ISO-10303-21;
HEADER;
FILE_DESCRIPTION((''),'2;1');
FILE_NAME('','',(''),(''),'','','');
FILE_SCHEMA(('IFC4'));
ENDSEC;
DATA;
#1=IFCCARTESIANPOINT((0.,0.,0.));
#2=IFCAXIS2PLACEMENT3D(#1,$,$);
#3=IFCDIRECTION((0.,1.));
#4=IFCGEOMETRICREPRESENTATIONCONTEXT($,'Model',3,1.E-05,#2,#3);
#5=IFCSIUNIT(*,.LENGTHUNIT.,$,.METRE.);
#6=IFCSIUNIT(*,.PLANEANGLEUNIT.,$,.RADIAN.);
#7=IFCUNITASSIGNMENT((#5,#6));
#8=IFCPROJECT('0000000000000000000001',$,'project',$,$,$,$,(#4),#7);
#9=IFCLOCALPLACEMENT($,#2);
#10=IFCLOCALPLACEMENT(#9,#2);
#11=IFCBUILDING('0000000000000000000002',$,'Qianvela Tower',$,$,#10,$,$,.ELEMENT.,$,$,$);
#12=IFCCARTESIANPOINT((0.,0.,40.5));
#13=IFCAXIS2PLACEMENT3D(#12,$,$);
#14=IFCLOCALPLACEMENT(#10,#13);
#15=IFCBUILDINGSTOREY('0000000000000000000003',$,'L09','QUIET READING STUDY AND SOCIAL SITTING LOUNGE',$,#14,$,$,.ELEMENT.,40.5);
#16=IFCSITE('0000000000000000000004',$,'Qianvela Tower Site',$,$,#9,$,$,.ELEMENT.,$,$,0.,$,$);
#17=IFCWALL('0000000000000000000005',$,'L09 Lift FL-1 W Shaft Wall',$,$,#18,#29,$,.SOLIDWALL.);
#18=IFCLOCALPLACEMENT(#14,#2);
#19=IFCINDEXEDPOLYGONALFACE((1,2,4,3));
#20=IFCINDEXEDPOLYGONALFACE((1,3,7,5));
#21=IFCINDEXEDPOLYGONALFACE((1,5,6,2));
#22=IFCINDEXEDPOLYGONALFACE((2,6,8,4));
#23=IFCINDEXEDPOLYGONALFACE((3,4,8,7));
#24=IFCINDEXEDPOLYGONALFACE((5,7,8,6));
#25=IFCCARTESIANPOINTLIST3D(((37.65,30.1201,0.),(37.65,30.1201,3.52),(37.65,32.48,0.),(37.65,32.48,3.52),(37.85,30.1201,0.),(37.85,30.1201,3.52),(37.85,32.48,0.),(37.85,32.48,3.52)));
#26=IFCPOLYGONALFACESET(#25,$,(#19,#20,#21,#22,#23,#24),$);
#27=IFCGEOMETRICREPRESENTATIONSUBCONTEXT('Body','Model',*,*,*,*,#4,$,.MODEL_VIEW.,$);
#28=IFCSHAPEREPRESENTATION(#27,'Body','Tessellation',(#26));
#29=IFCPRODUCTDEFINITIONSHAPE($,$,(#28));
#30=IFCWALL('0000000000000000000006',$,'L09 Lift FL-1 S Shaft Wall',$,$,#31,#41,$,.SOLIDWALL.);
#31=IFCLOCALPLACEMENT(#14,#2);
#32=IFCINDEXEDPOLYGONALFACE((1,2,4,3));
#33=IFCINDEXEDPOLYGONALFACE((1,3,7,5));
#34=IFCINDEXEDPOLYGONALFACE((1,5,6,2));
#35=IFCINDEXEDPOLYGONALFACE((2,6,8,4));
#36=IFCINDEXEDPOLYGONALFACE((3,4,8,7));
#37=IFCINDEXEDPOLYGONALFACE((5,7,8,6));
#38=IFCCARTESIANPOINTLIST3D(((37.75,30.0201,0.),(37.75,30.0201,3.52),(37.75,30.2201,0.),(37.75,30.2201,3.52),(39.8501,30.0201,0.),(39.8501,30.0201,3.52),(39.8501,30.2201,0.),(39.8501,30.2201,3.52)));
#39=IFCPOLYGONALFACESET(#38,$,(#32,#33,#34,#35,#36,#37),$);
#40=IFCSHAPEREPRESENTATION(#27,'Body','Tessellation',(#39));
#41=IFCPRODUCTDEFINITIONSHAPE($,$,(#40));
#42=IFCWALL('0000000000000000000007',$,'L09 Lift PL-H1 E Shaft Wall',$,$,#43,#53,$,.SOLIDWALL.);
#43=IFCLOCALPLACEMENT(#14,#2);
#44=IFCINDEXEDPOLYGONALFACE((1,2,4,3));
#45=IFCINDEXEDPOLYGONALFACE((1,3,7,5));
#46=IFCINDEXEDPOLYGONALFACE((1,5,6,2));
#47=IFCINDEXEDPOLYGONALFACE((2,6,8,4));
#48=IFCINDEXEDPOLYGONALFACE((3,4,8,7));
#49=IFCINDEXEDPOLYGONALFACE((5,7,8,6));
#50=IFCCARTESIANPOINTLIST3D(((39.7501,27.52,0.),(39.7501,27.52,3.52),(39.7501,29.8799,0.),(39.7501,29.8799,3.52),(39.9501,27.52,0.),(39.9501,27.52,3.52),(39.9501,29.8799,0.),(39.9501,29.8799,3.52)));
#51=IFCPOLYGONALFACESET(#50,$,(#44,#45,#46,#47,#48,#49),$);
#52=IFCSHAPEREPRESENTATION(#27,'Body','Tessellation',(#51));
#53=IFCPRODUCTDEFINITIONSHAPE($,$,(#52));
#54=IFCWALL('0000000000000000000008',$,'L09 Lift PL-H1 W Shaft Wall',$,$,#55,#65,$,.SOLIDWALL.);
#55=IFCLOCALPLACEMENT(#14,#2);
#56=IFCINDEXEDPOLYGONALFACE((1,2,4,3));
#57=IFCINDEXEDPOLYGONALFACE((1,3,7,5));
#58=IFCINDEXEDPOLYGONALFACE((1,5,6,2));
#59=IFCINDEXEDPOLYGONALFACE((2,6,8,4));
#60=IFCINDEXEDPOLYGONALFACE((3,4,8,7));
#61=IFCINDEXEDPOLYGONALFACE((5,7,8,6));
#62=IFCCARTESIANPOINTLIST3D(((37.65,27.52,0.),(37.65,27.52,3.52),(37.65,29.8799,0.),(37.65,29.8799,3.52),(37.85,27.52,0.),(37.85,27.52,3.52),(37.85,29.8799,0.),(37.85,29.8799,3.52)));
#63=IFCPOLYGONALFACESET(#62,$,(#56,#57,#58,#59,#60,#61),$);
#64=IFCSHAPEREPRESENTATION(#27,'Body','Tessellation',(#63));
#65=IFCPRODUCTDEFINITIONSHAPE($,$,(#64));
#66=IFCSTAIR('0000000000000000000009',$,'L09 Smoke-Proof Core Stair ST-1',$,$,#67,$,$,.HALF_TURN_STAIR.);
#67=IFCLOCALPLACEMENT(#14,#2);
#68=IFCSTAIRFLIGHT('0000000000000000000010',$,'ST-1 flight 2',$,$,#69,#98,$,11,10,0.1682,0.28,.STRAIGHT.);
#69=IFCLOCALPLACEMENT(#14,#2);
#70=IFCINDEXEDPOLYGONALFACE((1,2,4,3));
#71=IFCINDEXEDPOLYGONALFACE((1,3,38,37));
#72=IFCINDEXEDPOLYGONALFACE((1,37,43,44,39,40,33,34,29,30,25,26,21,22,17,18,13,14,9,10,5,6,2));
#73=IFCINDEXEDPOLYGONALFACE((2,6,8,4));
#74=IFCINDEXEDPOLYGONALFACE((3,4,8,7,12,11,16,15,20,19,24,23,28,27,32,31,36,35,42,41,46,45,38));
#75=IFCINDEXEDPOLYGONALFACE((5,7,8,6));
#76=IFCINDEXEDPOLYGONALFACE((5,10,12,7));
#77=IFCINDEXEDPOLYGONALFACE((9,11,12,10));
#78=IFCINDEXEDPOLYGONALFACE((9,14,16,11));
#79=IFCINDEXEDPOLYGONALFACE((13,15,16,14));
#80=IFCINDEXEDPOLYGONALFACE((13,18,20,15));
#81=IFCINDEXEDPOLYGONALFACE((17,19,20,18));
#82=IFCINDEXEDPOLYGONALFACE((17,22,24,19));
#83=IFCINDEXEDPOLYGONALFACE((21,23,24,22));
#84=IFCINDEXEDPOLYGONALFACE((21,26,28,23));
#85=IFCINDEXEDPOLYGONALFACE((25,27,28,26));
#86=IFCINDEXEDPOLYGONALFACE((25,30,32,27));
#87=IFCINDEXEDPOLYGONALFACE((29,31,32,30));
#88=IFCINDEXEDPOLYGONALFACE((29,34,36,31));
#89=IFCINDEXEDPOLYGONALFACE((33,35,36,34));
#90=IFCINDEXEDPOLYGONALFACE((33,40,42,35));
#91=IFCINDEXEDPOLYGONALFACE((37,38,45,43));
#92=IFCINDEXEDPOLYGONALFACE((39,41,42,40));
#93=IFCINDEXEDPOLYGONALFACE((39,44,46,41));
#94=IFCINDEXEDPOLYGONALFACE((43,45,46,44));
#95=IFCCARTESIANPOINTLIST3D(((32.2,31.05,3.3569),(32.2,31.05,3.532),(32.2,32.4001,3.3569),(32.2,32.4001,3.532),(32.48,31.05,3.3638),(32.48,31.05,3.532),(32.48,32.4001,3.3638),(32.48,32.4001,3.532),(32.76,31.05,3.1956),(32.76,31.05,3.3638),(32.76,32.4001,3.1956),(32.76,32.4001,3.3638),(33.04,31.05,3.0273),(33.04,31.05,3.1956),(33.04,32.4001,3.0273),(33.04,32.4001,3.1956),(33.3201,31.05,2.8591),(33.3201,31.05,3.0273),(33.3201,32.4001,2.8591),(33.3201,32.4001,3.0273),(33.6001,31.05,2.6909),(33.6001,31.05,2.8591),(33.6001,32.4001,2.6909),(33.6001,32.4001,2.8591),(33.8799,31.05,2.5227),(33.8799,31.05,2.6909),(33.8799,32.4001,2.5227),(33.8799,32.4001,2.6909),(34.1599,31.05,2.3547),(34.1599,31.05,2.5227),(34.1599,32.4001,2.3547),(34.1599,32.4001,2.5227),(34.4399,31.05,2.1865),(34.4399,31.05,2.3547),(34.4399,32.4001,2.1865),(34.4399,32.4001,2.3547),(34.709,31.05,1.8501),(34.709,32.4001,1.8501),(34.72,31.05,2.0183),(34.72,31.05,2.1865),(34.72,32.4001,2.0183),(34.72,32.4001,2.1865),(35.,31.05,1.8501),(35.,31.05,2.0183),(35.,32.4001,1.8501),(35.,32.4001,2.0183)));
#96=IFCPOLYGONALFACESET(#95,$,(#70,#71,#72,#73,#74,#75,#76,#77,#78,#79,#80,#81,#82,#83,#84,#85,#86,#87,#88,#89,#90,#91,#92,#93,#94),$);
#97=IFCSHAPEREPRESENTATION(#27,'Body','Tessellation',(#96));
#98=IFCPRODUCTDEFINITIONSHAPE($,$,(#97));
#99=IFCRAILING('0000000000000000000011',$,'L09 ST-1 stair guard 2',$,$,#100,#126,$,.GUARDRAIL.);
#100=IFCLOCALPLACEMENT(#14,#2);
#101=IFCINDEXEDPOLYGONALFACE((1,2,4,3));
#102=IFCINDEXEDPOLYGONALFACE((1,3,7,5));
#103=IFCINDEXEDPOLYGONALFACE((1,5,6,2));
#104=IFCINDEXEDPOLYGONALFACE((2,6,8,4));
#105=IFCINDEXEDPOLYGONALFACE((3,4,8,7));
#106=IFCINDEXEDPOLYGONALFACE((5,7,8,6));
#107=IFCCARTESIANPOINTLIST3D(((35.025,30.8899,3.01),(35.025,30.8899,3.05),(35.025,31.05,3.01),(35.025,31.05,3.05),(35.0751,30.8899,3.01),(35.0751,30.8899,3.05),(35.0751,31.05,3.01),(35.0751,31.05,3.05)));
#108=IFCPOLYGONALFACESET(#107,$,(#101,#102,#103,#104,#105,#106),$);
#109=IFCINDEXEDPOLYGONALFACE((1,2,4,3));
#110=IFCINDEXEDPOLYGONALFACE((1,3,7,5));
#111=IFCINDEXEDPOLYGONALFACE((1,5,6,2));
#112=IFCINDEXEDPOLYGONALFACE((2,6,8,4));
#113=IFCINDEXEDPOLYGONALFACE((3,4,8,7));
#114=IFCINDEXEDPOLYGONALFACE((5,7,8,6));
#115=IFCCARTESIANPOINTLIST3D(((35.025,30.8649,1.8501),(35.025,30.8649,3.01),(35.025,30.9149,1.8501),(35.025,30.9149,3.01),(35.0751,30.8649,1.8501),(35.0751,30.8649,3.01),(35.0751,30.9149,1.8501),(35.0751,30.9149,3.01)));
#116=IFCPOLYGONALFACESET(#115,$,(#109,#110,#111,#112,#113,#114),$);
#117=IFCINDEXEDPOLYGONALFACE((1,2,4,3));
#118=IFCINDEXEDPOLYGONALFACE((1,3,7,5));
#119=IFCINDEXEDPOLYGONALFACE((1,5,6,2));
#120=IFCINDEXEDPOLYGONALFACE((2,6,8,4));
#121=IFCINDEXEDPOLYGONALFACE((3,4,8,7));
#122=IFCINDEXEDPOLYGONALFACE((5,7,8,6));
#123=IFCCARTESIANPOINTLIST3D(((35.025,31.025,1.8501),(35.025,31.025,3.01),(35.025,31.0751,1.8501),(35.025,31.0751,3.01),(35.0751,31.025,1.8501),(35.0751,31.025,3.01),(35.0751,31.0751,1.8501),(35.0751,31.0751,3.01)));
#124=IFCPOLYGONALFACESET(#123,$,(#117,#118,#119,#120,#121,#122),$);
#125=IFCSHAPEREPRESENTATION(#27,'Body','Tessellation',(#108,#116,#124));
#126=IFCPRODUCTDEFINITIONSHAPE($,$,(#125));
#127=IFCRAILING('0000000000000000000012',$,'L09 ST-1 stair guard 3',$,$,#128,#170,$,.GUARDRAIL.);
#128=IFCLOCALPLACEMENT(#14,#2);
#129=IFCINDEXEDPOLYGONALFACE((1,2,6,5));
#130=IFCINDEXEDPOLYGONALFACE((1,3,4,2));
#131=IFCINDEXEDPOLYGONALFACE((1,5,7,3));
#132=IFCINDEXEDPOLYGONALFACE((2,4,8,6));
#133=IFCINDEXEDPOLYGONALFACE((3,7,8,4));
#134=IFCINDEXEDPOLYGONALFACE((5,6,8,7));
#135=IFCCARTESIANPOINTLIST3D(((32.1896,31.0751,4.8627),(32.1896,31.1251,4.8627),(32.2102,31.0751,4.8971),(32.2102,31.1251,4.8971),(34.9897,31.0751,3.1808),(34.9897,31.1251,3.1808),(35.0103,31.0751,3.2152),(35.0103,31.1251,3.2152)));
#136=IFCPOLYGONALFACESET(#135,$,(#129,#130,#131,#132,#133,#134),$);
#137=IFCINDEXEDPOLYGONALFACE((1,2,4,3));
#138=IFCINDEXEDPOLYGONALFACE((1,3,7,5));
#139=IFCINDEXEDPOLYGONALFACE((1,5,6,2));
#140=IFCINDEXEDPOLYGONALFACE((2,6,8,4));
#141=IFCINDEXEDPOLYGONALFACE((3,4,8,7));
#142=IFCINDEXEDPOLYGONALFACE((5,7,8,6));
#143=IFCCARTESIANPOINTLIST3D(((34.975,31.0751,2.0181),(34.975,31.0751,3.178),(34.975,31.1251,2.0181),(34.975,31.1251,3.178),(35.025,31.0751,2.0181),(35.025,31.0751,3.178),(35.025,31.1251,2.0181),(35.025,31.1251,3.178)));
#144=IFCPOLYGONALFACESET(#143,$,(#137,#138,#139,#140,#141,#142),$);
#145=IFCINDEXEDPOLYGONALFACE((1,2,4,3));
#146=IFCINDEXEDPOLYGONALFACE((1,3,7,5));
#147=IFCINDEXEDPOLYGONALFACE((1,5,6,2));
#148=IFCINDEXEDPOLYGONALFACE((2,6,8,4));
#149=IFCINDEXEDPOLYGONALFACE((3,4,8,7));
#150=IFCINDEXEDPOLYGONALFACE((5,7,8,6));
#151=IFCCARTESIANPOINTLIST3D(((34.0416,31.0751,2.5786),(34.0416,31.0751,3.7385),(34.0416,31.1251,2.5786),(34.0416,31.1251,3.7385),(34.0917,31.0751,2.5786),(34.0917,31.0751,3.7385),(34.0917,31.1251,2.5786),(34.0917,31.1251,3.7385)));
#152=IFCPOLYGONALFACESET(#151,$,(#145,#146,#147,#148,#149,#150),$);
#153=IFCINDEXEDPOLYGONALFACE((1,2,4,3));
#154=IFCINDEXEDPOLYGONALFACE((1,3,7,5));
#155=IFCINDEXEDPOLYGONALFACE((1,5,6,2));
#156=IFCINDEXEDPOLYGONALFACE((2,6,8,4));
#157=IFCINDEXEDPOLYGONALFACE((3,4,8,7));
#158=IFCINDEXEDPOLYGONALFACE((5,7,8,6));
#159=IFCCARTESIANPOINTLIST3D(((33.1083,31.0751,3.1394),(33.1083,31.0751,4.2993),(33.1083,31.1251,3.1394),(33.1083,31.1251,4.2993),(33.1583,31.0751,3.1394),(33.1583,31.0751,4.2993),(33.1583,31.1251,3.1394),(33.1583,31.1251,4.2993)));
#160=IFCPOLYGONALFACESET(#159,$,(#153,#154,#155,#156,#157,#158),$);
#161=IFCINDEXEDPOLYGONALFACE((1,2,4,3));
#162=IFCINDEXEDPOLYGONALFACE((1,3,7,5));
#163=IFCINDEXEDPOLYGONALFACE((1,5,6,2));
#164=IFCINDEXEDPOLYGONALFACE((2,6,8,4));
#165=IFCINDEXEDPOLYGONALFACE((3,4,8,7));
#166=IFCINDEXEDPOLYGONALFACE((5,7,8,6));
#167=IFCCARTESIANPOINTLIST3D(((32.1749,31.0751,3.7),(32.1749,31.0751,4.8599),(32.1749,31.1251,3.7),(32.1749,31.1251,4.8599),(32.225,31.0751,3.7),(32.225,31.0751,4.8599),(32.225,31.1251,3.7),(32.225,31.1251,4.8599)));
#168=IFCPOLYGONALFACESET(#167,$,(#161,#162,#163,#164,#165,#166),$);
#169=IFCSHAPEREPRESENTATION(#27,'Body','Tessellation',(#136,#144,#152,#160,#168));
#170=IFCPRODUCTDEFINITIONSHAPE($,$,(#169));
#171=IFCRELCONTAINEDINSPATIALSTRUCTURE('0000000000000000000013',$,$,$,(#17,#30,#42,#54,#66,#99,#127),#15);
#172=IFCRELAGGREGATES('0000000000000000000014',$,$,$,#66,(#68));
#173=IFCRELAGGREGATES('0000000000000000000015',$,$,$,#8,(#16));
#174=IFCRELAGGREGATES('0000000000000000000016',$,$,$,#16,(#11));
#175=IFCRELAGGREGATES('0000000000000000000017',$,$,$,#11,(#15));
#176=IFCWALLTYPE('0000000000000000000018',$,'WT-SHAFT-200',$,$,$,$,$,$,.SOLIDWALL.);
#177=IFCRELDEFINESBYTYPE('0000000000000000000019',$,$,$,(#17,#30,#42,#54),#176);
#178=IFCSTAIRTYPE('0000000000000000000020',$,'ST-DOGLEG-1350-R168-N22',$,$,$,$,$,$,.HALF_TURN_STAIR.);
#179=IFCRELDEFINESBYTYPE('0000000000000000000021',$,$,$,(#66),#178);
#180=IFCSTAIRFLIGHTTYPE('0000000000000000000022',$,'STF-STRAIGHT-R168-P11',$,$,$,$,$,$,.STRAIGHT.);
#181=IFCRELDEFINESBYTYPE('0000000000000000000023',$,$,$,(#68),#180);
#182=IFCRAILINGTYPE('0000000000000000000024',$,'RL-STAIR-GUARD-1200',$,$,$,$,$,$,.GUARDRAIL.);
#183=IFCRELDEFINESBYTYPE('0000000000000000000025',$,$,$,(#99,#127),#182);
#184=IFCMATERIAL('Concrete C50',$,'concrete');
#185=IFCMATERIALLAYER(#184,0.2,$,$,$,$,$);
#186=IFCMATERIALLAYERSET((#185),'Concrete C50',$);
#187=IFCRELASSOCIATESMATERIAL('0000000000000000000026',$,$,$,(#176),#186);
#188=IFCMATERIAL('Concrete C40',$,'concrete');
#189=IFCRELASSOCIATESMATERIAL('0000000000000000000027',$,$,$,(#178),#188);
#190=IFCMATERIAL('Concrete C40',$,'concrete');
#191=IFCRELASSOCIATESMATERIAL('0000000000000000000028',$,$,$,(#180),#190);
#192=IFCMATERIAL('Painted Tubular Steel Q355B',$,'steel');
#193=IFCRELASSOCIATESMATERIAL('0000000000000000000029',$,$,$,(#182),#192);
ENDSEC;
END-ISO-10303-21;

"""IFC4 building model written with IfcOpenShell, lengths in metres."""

from ifc_helpers import new_model, si_unit, direction, frame, frame_2d, origin, origin_2d, place, context, subcontext, project, spatial, polyline, rectangle, outline, extrude, material, layer, layer_set, type_object, element, aggregate, save


model = new_model("IFC4")

# Units and contexts
model_context = context("Model", 3, precision=1e-05, world=origin(), true_north=direction((0.0, 1.0)))
body_context = subcontext(model_context, "Body", "Model", "MODEL_VIEW")
ifc_project = project(units=[si_unit("LENGTHUNIT", "METRE"), si_unit("PLANEANGLEUNIT", "RADIAN")], contexts=[model_context])

# Site, building, storey
site_placement = place(None, origin())
site = spatial("IfcSite", under=ifc_project, at=site_placement, Name="Qianvela Tower Site", CompositionType="ELEMENT", RefElevation=0.0)
building_placement = place(site_placement, origin())
building = spatial("IfcBuilding", under=site, at=building_placement, Name="Qianvela Tower", CompositionType="ELEMENT")
storey_placement = place(building_placement, frame((0.0, 0.0, 40.5)))
storey = spatial("IfcBuildingStorey", under=building, at=storey_placement, Name="L09", Description="QUIET READING STUDY AND SOCIAL SITTING LOUNGE", CompositionType="ELEMENT", Elevation=40.5)

# Shared definitions
ifc_material_1 = material(Name="Concrete C50", Category="concrete")
ifc_layer_1 = layer(ifc_material_1, 0.2)
ifc_layer_set_1 = layer_set([ifc_layer_1], Name="Concrete C50")
wall_type_1 = type_object("IfcWallType", Name="WT-SHAFT-200", PredefinedType="SOLIDWALL", material=ifc_layer_set_1)

# Walls
wall_1_placement = place(storey_placement, frame((37.75, 30.1201, 0.0), z_axis=(0.0, 0.0, 1.0), x_axis=(0.0, 1.0, 0.0)))
element("IfcWall", 1, at=wall_1_placement, inside=storey, type_object=wall_type_1, Name="L09 Lift FL-1 W Shaft Wall", PredefinedType="SOLIDWALL", context=body_context, shape_type="SweptSolid", body=[
    extrude(rectangle(XDim=2.3599, YDim=0.2, at=frame_2d((1.1799, 0.0))), origin(), (0.0, 0.0, 1.0), 3.52),
])
wall_2_placement = place(storey_placement, frame((37.75, 30.1201, 0.0), z_axis=(0.0, 0.0, 1.0), x_axis=(1.0, 0.0, 0.0)))
element("IfcWall", 2, at=wall_2_placement, inside=storey, type_object=wall_type_1, Name="L09 Lift FL-1 S Shaft Wall", PredefinedType="SOLIDWALL", context=body_context, shape_type="SweptSolid", body=[
    extrude(rectangle(XDim=2.1001, YDim=0.2, at=frame_2d((1.05, 0.0))), origin(), (0.0, 0.0, 1.0), 3.52),
])
for number, where, z_axis, x_axis, name in (
    (3, (39.8501, 27.52, 0.0), (0.0, 0.0, 1.0), (0.0, 1.0, 0.0), "L09 Lift PL-H1 E Shaft Wall"),
    (4, (37.75, 27.52, 0.0), (0.0, 0.0, 1.0), (0.0, 1.0, 0.0), "L09 Lift PL-H1 W Shaft Wall"),
):
    element("IfcWall", number, at=place(storey_placement, frame(where, z_axis=z_axis, x_axis=x_axis)), inside=storey, type_object=wall_type_1, Name=name, PredefinedType="SOLIDWALL", context=body_context, shape_type="SweptSolid", body=[
        extrude(rectangle(XDim=2.3599, YDim=0.2, at=frame_2d((1.1799, 0.0))), origin(), (0.0, 0.0, 1.0), 3.52),
    ])

# Stair, stair flight
ifc_material_2 = material(Name="Concrete C40", Category="concrete")
stair_type = type_object("IfcStairType", Name="ST-DOGLEG-1350-R168-N22", PredefinedType="HALF_TURN_STAIR", material=ifc_material_2)
stair_placement = place(storey_placement, origin())
stair = element("IfcStair", 5, at=stair_placement, inside=storey, type_object=stair_type, Name="L09 Smoke-Proof Core Stair ST-1", PredefinedType="HALF_TURN_STAIR")
ifc_material_3 = material(Name="Concrete C40", Category="concrete")
stair_flight_type = type_object("IfcStairFlightType", Name="STF-STRAIGHT-R168-P11", PredefinedType="STRAIGHT", material=ifc_material_3)
stair_flight_placement = place(storey_placement, frame((35.0, 31.7251, 1.8501), z_axis=(0.0, 0.0, 1.0), x_axis=(-1.0, 0.0, 0.0)))
stair_flight = element("IfcStairFlight", 6, at=stair_flight_placement, type_object=stair_flight_type, Name="ST-1 flight 2", NumberOfRisers=11, NumberOfTreads=10, PredefinedType="STRAIGHT", RiserHeight=0.1682, TreadLength=0.28, context=body_context, shape_type="SweptSolid", body=[
    extrude(outline(polyline([(0.0, 0.0), (0.0, 0.1682), (0.28, 0.1682), (0.28, 0.3364), (0.5601, 0.3364), (0.5601, 0.5046), (0.8401, 0.5046), (0.8401, 0.6726), (1.1201, 0.6726), (1.1201, 0.8408), (1.3999, 0.8408), (1.3999, 1.009), (1.6799, 1.009), (1.6799, 1.1772), (1.96, 1.1772), (1.96, 1.3455), (2.24, 1.3455), (2.24, 1.5137), (2.52, 1.5137), (2.52, 1.6819), (2.8, 1.6819), (2.8, 1.8501), (2.8, 1.5068), (0.291, 0.0), (0.0, 0.0)])), frame((0.0, 0.675, 0.0), z_axis=(0.0, -1.0, 0.0), x_axis=(1.0, 0.0, 0.0)), (0.0, 0.0, 1.0), 1.3501),
])
aggregate(stair, [stair_flight])

# Railings
ifc_material_4 = material(Name="Painted Tubular Steel Q355B", Category="steel")
railing_type_1 = type_object("IfcRailingType", Name="RL-STAIR-GUARD-1200", PredefinedType="GUARDRAIL", material=ifc_material_4)
railing_1_placement = place(storey_placement, frame((35.05, 30.8899, 1.8501)))
element("IfcRailing", 7, at=railing_1_placement, inside=storey, type_object=railing_type_1, Name="L09 ST-1 stair guard 2", PredefinedType="GUARDRAIL", context=body_context, shape_type="SweptSolid", body=[
    extrude(rectangle(XDim=0.05, YDim=0.04, at=origin_2d()), frame((0.0, 0.0, 1.1799), z_axis=(0.0, 1.0, 0.0), x_axis=(-1.0, 0.0, 0.0)), (0.0, 0.0, 1.0), 0.1602),
    extrude(rectangle(XDim=0.05, YDim=0.05, at=origin_2d()), origin(), (0.0, 0.0, 1.0), 1.1599),
    extrude(rectangle(XDim=0.05, YDim=0.05, at=origin_2d()), frame((0.0, 0.1602, 0.0)), (0.0, 0.0, 1.0), 1.1599),
])
railing_2_placement = place(storey_placement, frame((35.0, 31.1001, 2.0181)))
element("IfcRailing", 8, at=railing_2_placement, inside=storey, type_object=railing_type_1, Name="L09 ST-1 stair guard 3", PredefinedType="GUARDRAIL", context=body_context, shape_type="SweptSolid", body=[
    extrude(rectangle(XDim=0.05, YDim=0.04, at=origin_2d()), frame((0.0, 0.0, 1.1799), z_axis=(-0.857242, 0.0, 0.514913), x_axis=(0.0, -1.0, 0.0)), (0.0, 0.0, 1.0), 3.2664),
    extrude(rectangle(XDim=0.05, YDim=0.05, at=origin_2d()), origin(), (0.0, 0.0, 1.0), 1.1599),
    extrude(rectangle(XDim=0.05, YDim=0.05, at=origin_2d()), frame((-0.9333, 0.0, 0.5605)), (0.0, 0.0, 1.0), 1.1599),
    extrude(rectangle(XDim=0.05, YDim=0.05, at=origin_2d()), frame((-1.8667, 0.0, 1.1213)), (0.0, 0.0, 1.0), 1.1599),
    extrude(rectangle(XDim=0.05, YDim=0.05, at=origin_2d()), frame((-2.8, 0.0, 1.6819)), (0.0, 0.0, 1.0), 1.1599),
])

save(model, "model.ifc")
